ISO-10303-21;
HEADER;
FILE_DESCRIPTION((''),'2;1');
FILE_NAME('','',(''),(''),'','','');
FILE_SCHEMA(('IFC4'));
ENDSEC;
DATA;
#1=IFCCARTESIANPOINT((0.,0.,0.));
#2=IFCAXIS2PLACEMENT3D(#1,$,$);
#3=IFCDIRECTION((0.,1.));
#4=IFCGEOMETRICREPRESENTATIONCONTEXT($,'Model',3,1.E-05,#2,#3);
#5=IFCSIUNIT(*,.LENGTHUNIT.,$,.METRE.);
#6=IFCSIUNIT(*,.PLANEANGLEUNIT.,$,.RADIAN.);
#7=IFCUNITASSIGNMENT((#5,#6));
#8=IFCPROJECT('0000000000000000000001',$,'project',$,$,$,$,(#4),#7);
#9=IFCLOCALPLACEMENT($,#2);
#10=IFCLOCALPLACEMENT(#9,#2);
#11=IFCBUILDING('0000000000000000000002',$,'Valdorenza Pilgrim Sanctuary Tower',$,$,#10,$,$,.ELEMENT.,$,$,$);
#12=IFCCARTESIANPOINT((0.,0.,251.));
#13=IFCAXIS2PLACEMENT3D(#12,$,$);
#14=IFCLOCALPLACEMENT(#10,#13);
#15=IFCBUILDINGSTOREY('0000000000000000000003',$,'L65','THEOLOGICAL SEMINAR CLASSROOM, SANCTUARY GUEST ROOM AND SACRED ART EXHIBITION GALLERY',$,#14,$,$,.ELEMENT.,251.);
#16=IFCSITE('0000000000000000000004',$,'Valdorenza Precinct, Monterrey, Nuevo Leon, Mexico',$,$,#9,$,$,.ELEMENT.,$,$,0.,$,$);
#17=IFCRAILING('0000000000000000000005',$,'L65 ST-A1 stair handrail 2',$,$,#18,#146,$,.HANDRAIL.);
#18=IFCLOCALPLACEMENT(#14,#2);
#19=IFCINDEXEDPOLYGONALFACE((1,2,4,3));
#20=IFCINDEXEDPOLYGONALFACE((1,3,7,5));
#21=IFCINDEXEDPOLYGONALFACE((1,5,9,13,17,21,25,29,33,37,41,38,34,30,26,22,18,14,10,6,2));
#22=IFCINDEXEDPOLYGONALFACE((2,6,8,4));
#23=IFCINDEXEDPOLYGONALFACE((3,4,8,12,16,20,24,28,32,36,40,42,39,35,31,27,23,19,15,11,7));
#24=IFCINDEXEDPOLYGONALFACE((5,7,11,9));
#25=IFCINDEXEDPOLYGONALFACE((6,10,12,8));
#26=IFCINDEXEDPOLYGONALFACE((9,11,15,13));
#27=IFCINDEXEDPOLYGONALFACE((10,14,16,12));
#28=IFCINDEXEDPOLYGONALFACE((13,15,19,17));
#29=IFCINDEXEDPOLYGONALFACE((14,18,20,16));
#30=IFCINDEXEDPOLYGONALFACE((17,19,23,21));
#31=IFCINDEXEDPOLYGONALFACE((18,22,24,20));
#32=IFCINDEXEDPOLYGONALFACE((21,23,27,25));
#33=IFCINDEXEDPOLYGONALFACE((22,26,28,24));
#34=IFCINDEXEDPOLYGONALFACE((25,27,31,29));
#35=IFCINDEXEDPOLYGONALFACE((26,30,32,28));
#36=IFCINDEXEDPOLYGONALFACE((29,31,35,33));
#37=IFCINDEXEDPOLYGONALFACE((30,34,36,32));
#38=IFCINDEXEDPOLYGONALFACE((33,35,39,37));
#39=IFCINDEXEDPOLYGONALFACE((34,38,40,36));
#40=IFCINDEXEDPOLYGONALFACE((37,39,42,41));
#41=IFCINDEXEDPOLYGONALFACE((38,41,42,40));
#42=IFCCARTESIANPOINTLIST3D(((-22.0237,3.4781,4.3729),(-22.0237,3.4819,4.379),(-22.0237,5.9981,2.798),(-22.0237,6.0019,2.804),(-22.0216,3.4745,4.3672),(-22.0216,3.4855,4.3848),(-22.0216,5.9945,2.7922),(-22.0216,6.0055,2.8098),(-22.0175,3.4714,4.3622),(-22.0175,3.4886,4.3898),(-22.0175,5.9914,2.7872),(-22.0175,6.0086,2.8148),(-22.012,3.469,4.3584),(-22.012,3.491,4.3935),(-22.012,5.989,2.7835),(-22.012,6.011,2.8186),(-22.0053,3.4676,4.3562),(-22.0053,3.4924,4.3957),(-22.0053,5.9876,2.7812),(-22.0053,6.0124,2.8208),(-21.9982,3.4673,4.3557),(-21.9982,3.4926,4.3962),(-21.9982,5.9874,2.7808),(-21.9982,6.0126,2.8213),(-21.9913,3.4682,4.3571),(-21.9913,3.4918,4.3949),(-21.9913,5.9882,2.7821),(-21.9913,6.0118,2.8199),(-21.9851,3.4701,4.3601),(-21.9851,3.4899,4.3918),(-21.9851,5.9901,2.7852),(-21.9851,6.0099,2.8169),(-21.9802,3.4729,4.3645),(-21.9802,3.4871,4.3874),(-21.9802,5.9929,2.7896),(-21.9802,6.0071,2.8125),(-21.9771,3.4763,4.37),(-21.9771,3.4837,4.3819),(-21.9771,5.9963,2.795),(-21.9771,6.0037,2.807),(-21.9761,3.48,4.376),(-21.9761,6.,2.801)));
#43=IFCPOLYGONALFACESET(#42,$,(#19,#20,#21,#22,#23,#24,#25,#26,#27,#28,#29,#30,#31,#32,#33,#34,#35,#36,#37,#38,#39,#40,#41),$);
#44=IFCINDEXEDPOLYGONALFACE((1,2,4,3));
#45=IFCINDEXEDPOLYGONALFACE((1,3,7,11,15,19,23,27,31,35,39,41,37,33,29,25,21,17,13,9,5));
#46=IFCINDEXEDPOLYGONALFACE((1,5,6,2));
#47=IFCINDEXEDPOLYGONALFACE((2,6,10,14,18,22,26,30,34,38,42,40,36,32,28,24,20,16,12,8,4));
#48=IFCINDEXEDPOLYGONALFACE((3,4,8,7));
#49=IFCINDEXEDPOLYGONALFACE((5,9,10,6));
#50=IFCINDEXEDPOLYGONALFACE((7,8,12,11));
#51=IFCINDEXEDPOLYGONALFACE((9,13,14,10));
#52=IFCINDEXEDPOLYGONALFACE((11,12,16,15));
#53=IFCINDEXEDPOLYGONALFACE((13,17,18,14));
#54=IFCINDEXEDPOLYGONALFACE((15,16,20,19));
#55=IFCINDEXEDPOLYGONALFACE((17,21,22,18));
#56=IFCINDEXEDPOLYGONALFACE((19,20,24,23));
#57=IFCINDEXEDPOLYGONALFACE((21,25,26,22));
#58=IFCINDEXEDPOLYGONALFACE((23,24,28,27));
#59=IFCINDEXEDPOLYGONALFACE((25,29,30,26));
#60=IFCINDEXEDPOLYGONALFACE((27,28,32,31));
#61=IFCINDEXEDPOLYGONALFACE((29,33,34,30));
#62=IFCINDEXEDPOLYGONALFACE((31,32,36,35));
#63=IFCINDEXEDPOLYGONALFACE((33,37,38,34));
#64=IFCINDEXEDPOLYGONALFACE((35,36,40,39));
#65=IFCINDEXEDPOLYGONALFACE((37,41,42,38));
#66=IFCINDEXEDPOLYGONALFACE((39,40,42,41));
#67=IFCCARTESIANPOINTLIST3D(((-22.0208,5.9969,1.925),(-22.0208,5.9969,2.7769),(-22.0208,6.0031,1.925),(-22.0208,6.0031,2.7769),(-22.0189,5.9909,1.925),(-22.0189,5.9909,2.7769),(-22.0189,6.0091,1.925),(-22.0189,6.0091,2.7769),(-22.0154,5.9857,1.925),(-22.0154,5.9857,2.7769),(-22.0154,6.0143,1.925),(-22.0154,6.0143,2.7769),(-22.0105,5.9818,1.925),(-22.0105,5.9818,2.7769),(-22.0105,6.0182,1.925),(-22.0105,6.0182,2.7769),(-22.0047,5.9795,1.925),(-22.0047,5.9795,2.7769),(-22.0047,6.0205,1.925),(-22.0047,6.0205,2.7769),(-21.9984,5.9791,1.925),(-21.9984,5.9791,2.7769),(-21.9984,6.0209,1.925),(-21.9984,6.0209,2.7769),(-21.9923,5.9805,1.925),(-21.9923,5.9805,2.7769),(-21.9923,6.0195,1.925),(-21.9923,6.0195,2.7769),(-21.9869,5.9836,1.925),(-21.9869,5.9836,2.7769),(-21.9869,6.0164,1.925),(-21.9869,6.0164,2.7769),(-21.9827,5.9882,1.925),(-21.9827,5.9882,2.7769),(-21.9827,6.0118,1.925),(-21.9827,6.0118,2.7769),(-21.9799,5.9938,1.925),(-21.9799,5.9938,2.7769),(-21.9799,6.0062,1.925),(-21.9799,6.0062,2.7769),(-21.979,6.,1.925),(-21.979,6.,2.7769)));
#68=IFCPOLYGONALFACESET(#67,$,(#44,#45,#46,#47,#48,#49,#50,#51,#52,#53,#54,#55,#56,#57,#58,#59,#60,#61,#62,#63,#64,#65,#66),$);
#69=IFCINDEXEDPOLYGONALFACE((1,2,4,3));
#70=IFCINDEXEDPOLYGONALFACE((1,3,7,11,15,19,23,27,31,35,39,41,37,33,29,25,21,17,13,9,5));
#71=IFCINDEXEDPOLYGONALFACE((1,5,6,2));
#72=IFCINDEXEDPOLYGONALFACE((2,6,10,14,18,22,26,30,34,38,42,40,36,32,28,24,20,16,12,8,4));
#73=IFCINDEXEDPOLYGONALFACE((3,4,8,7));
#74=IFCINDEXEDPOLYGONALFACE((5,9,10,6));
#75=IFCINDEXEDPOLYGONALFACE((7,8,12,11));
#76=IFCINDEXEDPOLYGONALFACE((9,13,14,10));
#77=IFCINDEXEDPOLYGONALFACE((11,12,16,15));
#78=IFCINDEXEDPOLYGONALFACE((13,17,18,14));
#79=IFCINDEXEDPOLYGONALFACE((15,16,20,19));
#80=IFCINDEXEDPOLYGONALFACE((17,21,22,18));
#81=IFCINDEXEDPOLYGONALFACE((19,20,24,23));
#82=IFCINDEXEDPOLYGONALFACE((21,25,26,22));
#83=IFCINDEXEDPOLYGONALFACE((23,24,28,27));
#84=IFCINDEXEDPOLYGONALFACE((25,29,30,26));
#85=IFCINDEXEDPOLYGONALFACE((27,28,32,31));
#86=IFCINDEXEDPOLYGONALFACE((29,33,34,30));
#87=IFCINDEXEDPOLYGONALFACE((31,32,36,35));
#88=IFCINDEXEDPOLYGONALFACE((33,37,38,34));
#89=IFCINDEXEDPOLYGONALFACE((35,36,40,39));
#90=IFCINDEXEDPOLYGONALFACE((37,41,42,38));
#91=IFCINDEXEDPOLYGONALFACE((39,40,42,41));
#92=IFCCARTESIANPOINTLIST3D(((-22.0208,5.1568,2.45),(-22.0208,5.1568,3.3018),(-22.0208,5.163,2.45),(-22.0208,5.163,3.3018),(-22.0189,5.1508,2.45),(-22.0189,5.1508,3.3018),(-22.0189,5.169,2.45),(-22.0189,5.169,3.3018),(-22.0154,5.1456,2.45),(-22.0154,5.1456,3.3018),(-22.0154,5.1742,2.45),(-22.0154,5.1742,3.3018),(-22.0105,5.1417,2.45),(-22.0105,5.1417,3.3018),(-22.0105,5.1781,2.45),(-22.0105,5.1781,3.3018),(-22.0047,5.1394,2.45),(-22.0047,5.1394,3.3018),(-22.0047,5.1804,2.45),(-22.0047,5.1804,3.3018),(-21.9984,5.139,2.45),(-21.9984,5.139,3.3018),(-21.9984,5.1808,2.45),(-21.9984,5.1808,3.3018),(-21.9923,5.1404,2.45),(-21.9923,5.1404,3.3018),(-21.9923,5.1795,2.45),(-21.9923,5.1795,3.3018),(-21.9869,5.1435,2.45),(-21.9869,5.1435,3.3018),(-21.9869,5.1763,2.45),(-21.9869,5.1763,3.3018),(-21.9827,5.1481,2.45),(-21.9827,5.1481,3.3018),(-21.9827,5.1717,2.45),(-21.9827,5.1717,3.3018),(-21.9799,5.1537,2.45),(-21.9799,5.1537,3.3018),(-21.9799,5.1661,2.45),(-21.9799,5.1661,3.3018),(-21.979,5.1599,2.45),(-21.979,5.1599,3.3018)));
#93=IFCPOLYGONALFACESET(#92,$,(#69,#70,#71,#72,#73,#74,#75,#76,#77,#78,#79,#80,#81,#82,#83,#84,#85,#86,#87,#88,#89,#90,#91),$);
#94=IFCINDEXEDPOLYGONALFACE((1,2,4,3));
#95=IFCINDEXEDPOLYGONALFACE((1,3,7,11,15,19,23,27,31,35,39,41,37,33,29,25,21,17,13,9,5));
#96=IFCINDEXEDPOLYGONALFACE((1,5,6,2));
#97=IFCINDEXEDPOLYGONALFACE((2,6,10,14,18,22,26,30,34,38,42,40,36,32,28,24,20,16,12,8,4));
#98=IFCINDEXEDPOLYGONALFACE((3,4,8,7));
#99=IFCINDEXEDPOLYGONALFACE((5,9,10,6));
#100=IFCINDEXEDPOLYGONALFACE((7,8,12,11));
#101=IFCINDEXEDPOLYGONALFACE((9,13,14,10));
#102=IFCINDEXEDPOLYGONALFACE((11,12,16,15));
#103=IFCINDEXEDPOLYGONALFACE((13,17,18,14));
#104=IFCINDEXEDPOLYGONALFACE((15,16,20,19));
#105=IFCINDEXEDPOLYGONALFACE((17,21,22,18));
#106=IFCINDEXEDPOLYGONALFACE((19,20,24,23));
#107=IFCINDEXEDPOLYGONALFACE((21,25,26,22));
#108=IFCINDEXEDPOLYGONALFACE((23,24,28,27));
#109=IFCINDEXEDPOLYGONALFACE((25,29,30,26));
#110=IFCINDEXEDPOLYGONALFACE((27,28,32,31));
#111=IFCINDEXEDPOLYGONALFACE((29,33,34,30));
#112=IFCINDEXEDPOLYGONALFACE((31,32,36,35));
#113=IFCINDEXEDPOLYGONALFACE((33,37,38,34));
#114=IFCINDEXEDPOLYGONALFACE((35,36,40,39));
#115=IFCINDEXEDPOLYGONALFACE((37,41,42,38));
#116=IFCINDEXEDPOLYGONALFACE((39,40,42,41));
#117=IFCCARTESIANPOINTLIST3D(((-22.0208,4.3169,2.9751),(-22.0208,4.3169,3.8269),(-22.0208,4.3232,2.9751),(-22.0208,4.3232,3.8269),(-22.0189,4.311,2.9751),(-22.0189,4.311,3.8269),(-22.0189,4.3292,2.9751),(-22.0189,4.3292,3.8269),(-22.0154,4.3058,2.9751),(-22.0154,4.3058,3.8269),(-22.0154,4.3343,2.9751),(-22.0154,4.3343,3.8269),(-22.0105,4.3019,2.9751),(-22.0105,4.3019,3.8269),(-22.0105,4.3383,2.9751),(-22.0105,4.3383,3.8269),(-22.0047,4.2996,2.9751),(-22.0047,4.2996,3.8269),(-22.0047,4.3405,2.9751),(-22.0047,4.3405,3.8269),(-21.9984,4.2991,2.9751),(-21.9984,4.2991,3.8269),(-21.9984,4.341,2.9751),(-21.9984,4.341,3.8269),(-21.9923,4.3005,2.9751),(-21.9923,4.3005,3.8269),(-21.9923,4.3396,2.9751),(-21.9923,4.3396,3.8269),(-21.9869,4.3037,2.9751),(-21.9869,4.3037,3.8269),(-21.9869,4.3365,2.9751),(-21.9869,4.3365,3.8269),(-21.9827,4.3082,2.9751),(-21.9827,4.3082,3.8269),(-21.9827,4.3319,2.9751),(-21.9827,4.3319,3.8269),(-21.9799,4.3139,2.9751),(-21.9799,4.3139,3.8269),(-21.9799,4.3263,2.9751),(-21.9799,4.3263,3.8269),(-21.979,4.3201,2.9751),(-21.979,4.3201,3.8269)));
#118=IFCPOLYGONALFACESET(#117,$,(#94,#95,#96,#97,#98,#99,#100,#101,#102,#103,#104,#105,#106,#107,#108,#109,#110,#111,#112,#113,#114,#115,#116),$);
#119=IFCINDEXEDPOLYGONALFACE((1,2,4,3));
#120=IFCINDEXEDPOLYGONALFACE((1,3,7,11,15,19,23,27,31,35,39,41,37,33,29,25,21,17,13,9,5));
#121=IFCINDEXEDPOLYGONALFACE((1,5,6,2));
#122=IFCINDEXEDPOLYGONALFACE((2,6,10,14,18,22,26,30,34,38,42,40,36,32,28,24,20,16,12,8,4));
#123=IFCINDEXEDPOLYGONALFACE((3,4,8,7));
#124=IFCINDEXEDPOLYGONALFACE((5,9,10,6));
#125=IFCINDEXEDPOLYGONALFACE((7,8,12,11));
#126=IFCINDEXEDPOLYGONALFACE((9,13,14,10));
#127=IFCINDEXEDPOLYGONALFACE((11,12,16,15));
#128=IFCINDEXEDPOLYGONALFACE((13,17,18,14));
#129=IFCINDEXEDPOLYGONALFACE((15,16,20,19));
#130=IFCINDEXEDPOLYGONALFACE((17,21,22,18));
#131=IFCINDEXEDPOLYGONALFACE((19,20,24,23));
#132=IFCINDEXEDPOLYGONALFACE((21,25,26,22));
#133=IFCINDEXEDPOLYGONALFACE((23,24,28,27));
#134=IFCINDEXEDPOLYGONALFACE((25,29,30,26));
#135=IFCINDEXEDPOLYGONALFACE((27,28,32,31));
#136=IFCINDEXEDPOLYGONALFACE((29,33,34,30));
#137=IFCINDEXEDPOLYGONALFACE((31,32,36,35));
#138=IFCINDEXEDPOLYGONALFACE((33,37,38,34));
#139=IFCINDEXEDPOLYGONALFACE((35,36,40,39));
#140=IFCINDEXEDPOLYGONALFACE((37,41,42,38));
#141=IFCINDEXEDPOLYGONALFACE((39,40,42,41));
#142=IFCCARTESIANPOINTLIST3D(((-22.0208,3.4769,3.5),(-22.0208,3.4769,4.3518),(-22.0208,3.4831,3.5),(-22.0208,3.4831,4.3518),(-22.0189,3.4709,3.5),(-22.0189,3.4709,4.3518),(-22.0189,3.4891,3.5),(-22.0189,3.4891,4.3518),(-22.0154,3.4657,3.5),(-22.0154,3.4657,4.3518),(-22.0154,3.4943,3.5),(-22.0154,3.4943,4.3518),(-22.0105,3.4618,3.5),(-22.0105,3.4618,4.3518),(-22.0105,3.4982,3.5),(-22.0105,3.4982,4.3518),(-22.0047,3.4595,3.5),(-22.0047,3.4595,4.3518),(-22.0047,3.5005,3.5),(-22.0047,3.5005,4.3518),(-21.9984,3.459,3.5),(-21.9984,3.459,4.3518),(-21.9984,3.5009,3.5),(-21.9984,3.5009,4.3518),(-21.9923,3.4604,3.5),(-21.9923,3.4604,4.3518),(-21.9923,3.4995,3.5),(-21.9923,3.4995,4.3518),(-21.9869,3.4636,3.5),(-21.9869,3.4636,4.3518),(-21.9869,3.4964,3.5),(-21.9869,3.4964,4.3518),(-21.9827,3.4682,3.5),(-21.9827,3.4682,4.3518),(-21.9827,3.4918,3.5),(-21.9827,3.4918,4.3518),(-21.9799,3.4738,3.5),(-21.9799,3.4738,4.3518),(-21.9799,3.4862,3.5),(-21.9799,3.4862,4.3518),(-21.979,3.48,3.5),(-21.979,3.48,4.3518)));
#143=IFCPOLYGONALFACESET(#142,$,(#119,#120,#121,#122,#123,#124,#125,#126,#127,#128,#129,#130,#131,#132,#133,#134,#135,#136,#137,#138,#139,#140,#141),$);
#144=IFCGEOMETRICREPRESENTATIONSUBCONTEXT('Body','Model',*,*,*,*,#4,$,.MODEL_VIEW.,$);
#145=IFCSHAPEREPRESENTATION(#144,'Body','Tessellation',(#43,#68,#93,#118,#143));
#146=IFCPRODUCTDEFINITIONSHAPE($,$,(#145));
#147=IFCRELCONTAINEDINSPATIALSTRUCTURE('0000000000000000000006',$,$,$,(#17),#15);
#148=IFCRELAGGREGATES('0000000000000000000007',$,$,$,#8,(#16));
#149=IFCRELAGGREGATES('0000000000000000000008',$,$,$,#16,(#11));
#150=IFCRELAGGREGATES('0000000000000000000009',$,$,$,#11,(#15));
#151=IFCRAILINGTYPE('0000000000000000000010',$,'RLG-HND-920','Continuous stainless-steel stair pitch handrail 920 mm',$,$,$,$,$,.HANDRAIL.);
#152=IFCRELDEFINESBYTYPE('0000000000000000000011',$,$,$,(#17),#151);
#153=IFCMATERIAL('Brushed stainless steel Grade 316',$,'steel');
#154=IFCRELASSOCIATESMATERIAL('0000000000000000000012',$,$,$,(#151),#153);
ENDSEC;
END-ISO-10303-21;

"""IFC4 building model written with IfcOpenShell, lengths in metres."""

from ifc_helpers import new_model, si_unit, direction, frame, origin, origin_2d, place, context, subcontext, project, spatial, circle, extrude, material, type_object, element, save


model = new_model("IFC4")

# Units and contexts
model_context = context("Model", 3, precision=1e-05, world=origin(), true_north=direction((0.0, 1.0)))
body_context = subcontext(model_context, "Body", "Model", "MODEL_VIEW")
ifc_project = project(units=[si_unit("LENGTHUNIT", "METRE"), si_unit("PLANEANGLEUNIT", "RADIAN")], contexts=[model_context])

# Site, building, storey
site_placement = place(None, origin())
site = spatial("IfcSite", under=ifc_project, at=site_placement, Name="Valdorenza Precinct, Monterrey, Nuevo Leon, Mexico", CompositionType="ELEMENT", RefElevation=0.0)
building_placement = place(site_placement, origin())
building = spatial("IfcBuilding", under=site, at=building_placement, Name="Valdorenza Pilgrim Sanctuary Tower", CompositionType="ELEMENT")
storey_placement = place(building_placement, frame((0.0, 0.0, 251.0)))
storey = spatial("IfcBuildingStorey", under=building, at=storey_placement, Name="L65", Description="THEOLOGICAL SEMINAR CLASSROOM, SANCTUARY GUEST ROOM AND SACRED ART EXHIBITION GALLERY", CompositionType="ELEMENT", Elevation=251.0)

# Shared definitions
ifc_material_1 = material(Name="Brushed stainless steel Grade 316", Category="steel")

# Railing
railing_type_1 = type_object("IfcRailingType", Name="RLG-HND-920", Description="Continuous stainless-steel stair pitch handrail 920 mm", PredefinedType="HANDRAIL", material=ifc_material_1)
railing_1_placement = place(storey_placement, frame((-22.0, 6.0, 1.925)))
element("IfcRailing", 1, at=railing_1_placement, inside=storey, type_object=railing_type_1, Name="L65 ST-A1 stair handrail 2", PredefinedType="HANDRAIL", context=body_context, shape_type="SweptSolid", body=[
    extrude(circle(Radius=0.0239, at=origin_2d()), frame((0.0, 0.0, 0.876), z_axis=(0.0, -0.848008, 0.529984), x_axis=(1.0, 0.0, 0.0)), (0.0, 0.0, 1.0), 2.9717),
    extrude(circle(Radius=0.021, at=origin_2d()), origin(), (0.0, 0.0, 1.0), 0.8518),
    extrude(circle(Radius=0.021, at=origin_2d()), frame((0.0, -0.8401, 0.5249)), (0.0, 0.0, 1.0), 0.8518),
    extrude(circle(Radius=0.021, at=origin_2d()), frame((0.0, -1.6799, 1.05)), (0.0, 0.0, 1.0), 0.8518),
    extrude(circle(Radius=0.021, at=origin_2d()), frame((0.0, -2.52, 1.575)), (0.0, 0.0, 1.0), 0.8518),
])

save(model, "model.ifc")
